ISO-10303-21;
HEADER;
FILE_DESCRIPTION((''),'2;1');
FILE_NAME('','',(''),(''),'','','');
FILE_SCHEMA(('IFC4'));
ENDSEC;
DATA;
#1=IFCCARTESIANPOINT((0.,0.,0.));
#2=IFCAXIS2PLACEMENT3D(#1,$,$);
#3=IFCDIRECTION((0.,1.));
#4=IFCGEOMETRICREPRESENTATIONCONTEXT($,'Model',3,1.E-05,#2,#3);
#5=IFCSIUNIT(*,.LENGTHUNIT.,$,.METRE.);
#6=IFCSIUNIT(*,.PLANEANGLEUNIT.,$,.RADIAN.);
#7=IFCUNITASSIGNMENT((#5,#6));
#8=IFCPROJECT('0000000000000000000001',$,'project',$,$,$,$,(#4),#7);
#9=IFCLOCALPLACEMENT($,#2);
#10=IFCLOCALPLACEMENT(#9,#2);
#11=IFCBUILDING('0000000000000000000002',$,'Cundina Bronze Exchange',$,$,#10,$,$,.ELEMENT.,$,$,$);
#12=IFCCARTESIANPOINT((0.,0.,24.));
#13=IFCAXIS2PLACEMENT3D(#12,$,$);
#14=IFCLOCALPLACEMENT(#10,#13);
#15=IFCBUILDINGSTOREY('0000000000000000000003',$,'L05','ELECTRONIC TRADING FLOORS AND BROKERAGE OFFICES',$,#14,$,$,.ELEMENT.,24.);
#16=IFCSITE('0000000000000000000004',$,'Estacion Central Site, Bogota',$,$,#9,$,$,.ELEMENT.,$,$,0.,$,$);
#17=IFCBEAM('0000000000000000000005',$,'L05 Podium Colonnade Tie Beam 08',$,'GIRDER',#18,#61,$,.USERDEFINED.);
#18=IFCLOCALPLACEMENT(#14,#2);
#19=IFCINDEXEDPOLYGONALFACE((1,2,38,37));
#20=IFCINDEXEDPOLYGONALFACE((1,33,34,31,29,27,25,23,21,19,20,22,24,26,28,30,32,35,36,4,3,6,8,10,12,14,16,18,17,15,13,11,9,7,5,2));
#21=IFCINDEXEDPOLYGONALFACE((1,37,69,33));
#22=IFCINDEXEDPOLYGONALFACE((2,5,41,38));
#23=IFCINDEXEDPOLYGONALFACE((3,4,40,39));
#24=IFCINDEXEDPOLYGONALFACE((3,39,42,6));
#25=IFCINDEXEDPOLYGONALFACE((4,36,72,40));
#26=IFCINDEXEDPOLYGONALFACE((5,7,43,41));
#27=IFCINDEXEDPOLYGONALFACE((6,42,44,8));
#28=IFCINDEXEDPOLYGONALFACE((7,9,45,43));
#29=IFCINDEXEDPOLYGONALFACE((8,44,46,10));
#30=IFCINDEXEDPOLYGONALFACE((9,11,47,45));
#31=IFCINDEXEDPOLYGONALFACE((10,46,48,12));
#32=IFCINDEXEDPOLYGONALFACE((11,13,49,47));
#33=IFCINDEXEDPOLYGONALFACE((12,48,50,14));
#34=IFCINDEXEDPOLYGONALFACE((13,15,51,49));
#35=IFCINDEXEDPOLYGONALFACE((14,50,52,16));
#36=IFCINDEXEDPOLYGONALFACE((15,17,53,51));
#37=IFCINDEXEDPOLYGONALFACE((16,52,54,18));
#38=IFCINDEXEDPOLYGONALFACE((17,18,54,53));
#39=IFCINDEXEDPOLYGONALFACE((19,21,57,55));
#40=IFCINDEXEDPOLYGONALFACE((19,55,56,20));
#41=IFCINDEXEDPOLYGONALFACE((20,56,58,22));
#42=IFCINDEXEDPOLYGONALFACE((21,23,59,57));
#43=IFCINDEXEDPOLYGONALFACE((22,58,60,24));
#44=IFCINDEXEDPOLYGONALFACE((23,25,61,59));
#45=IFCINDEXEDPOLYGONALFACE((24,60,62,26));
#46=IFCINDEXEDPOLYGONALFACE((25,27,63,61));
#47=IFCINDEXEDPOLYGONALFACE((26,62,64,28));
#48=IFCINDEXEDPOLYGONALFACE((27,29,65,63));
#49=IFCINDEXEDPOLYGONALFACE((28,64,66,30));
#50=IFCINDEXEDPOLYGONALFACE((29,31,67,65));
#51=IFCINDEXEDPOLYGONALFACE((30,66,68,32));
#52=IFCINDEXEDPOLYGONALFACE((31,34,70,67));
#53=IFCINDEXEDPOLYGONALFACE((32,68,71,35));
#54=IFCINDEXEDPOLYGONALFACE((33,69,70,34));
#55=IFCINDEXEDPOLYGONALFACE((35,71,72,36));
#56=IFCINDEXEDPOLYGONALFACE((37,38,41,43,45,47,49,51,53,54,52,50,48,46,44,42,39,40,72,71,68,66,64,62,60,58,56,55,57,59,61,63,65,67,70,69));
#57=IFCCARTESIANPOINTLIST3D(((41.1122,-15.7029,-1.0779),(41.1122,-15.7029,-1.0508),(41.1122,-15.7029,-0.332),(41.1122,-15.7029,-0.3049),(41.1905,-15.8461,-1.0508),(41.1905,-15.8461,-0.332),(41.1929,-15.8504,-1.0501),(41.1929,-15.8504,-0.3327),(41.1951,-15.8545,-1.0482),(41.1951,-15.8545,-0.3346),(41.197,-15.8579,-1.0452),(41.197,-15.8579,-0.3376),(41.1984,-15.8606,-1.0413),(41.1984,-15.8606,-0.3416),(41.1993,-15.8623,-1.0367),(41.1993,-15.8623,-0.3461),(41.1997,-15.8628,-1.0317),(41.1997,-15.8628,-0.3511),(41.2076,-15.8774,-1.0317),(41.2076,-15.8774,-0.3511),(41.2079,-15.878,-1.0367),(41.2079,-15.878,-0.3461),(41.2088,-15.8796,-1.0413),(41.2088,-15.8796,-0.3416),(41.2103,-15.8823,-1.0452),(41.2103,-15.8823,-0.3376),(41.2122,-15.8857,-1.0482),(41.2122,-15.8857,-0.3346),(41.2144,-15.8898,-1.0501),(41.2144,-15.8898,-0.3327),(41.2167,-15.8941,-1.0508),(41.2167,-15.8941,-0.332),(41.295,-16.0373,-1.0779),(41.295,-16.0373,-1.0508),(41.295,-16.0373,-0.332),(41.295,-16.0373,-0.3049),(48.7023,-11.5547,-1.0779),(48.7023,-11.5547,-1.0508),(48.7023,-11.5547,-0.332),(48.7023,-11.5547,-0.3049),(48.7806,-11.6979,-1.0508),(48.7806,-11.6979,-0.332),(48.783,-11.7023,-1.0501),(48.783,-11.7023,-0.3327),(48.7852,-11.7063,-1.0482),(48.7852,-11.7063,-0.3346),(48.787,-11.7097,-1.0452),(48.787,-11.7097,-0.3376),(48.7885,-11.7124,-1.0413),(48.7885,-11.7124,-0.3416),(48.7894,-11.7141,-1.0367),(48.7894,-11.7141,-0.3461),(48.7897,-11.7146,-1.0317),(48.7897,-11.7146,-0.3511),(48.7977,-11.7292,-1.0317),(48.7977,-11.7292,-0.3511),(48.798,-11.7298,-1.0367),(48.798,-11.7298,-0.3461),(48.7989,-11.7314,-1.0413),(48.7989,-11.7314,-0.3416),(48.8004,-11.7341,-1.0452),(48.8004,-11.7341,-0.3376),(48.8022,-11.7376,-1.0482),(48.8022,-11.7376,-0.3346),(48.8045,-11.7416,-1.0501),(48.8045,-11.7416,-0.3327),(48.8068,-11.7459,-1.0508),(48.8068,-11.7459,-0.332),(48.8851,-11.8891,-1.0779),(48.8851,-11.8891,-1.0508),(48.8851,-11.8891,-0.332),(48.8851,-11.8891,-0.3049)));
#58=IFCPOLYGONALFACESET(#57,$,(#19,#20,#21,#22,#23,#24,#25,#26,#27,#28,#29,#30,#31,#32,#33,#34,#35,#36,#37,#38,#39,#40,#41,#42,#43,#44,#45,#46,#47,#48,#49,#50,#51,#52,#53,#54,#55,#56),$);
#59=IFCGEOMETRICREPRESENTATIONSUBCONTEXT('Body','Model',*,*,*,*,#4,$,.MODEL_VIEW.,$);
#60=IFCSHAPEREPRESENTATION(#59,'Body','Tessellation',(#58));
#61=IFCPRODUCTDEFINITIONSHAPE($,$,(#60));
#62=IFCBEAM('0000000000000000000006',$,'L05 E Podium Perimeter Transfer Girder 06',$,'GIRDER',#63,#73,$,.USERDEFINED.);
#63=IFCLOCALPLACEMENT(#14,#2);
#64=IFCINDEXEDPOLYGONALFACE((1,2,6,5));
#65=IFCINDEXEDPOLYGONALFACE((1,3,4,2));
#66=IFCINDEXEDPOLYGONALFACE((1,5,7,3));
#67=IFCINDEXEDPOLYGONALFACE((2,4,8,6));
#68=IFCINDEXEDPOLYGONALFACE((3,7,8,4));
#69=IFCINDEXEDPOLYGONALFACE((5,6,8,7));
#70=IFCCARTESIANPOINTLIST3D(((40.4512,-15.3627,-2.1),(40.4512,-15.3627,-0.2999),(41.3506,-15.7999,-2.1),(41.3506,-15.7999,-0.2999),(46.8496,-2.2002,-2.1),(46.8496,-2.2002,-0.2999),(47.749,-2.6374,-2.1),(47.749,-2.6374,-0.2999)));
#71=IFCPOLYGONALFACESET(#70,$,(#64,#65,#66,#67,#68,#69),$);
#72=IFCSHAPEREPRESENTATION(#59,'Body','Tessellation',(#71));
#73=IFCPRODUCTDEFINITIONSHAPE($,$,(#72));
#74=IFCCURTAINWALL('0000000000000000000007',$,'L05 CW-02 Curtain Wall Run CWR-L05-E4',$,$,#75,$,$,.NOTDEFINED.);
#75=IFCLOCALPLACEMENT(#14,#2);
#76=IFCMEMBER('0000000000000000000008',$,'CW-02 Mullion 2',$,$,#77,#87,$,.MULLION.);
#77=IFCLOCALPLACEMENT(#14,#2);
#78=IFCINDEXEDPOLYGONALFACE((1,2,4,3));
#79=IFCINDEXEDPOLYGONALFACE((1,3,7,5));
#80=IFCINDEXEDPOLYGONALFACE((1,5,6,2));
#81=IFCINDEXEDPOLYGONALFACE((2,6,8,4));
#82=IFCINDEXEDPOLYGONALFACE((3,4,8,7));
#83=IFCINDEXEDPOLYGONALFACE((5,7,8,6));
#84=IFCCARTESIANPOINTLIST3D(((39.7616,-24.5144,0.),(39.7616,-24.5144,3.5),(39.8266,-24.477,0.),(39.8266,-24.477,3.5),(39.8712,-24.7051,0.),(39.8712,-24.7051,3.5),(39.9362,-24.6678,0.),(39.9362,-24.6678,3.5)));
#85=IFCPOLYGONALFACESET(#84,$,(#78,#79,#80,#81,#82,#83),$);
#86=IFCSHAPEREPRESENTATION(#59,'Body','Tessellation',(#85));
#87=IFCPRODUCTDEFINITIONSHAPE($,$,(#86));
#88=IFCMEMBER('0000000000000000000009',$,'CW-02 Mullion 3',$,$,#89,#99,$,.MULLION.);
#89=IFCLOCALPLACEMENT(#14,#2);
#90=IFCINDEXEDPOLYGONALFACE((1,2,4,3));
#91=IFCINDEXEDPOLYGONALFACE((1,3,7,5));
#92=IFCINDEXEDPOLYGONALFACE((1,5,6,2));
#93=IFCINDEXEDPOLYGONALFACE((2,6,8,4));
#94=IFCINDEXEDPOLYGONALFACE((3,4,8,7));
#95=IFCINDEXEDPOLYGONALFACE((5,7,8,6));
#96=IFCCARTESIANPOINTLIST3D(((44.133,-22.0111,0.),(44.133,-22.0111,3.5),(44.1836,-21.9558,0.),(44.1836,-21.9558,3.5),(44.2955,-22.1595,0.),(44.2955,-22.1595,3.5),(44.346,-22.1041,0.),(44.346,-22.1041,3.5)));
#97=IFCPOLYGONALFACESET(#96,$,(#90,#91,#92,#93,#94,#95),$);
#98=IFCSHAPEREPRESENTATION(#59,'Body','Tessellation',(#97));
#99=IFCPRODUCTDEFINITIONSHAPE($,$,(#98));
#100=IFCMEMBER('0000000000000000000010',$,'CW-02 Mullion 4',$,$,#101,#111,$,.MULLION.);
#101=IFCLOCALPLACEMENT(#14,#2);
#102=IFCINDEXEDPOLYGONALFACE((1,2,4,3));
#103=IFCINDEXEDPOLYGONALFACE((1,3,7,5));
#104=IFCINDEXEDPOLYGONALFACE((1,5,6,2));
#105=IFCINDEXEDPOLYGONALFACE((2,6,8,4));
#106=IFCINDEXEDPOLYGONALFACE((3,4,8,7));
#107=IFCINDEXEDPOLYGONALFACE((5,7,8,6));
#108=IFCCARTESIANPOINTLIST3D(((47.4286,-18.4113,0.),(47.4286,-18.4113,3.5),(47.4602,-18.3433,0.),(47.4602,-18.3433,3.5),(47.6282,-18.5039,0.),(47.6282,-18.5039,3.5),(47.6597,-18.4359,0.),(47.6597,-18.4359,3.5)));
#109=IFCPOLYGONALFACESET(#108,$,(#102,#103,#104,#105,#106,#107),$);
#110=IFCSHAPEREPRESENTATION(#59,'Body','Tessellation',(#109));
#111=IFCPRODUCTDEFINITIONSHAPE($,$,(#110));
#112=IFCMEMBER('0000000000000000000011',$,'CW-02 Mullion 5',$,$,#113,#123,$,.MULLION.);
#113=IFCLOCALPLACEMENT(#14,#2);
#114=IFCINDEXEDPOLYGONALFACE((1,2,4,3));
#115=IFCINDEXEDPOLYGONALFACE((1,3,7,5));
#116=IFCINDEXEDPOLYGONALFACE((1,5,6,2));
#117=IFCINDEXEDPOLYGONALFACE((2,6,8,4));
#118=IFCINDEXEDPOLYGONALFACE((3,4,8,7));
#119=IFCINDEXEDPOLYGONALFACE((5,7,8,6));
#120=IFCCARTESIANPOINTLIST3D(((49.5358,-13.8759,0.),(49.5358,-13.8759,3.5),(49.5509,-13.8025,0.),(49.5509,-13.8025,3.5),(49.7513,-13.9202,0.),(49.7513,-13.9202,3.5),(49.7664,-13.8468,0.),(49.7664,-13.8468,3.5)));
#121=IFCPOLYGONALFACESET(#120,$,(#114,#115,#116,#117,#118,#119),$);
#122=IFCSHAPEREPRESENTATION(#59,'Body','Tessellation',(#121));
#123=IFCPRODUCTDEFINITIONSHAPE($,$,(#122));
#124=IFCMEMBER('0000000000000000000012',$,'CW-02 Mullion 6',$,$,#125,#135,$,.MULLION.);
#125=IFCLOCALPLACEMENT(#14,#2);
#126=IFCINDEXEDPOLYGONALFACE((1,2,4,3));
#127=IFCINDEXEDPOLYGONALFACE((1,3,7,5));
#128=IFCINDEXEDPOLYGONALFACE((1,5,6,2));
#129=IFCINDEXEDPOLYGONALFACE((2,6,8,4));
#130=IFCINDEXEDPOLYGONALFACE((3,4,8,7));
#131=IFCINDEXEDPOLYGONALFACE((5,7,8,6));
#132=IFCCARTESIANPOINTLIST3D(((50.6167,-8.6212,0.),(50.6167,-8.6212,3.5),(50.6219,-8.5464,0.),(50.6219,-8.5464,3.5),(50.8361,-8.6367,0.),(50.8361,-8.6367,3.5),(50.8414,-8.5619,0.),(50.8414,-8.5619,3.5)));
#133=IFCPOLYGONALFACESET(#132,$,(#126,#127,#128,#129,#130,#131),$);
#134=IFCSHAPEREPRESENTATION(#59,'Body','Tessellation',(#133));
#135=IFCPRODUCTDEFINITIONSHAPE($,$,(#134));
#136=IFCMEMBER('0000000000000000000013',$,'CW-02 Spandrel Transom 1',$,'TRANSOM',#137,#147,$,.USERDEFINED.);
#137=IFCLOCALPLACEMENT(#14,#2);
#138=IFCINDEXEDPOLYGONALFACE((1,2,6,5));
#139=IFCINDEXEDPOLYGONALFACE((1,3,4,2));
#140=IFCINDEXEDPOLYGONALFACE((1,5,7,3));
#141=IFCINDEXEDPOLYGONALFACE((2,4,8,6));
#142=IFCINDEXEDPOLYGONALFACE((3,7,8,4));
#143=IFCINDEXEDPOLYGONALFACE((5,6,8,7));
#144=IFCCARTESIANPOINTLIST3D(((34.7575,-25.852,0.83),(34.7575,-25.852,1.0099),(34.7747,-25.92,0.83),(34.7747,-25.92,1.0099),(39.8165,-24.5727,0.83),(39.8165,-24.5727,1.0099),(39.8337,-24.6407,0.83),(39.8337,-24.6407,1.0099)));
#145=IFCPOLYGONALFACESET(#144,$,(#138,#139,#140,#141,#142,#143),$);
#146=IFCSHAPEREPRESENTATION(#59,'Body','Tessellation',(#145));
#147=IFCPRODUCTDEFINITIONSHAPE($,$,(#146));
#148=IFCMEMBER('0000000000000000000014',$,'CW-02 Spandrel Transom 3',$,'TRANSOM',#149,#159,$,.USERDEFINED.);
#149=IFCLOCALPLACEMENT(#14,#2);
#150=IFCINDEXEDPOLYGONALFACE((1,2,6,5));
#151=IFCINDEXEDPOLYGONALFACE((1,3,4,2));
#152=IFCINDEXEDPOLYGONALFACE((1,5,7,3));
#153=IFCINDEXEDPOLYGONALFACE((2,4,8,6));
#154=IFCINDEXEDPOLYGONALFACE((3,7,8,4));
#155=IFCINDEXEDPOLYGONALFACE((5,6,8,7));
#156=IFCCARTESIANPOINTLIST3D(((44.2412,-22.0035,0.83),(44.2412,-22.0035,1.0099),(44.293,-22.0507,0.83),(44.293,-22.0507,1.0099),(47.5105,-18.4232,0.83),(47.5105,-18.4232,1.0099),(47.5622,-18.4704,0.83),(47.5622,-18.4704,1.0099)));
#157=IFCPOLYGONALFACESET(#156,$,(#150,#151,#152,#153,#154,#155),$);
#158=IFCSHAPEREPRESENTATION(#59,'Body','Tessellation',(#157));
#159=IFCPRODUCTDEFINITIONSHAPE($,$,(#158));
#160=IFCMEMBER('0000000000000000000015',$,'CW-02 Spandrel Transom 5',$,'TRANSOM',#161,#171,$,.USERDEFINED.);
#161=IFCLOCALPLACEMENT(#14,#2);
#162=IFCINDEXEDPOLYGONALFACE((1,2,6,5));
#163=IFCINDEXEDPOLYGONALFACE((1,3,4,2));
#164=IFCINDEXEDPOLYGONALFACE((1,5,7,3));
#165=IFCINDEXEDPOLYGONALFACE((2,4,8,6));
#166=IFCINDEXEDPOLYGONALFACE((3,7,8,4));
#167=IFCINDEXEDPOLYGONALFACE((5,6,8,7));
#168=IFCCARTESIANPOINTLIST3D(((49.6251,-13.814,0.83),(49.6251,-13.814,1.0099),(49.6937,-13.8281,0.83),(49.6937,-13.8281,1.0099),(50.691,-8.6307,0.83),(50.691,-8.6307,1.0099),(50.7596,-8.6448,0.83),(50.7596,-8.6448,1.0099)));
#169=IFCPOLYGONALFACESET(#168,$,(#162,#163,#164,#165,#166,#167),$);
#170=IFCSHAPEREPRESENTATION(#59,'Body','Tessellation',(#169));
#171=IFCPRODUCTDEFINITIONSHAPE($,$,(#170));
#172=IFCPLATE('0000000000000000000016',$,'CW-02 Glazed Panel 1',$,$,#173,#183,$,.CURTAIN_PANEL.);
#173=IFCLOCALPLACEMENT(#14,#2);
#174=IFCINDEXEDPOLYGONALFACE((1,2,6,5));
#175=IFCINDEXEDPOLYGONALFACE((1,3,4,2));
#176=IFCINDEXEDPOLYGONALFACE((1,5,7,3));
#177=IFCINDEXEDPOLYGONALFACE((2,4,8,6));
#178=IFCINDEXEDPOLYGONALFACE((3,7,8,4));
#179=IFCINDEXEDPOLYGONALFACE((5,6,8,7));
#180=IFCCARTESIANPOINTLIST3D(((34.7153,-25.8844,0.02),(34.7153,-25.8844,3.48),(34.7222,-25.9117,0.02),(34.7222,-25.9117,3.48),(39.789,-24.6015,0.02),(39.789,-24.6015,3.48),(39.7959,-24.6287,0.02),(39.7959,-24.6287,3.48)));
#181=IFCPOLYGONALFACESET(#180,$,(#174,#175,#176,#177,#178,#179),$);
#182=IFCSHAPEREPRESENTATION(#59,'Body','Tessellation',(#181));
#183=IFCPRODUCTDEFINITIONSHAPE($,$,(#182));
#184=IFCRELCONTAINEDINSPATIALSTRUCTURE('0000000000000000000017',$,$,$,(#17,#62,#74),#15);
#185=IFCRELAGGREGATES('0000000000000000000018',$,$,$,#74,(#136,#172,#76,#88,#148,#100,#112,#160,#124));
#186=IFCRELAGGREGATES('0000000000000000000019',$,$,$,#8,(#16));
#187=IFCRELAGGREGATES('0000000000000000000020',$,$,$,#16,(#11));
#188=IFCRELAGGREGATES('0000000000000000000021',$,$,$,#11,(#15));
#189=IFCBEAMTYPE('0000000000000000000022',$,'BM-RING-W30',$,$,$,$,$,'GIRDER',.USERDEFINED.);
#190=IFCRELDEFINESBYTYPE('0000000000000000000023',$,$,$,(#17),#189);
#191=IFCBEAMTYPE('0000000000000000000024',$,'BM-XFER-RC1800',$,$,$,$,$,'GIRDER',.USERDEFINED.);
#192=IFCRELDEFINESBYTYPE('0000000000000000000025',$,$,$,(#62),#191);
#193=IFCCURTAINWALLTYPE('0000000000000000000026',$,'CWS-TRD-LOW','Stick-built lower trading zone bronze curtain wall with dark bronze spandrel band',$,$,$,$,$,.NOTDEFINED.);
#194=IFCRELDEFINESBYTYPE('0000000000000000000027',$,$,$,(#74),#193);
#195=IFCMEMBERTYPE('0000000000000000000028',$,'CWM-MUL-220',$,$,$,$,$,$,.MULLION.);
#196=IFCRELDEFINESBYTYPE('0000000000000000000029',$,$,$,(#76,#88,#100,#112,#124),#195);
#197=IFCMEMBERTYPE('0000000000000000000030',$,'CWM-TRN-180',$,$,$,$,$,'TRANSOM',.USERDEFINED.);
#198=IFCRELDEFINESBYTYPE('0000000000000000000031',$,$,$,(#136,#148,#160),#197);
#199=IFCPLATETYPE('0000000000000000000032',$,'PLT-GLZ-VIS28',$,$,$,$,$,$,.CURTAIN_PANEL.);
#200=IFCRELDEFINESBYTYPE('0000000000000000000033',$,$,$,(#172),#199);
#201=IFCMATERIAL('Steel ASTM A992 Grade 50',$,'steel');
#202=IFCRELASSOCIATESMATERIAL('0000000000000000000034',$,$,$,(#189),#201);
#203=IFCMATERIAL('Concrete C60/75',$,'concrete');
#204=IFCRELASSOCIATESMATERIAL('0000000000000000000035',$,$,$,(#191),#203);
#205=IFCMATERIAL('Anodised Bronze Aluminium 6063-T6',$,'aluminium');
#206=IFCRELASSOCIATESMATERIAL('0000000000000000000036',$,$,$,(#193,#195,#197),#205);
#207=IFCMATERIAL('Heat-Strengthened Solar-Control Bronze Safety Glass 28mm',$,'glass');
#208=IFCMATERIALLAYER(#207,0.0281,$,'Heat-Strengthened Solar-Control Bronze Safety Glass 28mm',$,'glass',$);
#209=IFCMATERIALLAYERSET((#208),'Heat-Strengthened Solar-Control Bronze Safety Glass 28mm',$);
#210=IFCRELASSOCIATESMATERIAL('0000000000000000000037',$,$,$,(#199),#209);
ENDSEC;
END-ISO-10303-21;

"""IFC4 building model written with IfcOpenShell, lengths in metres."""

from ifc_helpers import new_model, si_unit, direction, frame, origin, origin_2d, place, context, subcontext, project, spatial, rectangle, i_section, extrude, material, layer, layer_set, material_profile, profile_set, type_object, element, aggregate, save


model = new_model("IFC4")

# Units and contexts
model_context = context("Model", 3, precision=1e-05, world=origin(), true_north=direction((0.0, 1.0)))
body_context = subcontext(model_context, "Body", "Model", "MODEL_VIEW")
ifc_project = project(units=[si_unit("LENGTHUNIT", "METRE"), si_unit("PLANEANGLEUNIT", "RADIAN")], contexts=[model_context])

# Site, building, storey
site_placement = place(None, origin())
site = spatial("IfcSite", under=ifc_project, at=site_placement, Name="Estacion Central Site, Bogota", CompositionType="ELEMENT", RefElevation=0.0)
building_placement = place(site_placement, origin())
building = spatial("IfcBuilding", under=site, at=building_placement, Name="Cundina Bronze Exchange", CompositionType="ELEMENT")
storey_placement = place(building_placement, frame((0.0, 0.0, 24.0)))
storey = spatial("IfcBuildingStorey", under=building, at=storey_placement, Name="L05", Description="ELECTRONIC TRADING FLOORS AND BROKERAGE OFFICES", CompositionType="ELEMENT", Elevation=24.0)

# Shared definitions
ifc_material_1 = material(Name="Concrete C60/75", Category="concrete")

# Beams
ifc_material_2 = material(Name="Steel ASTM A992 Grade 50", Category="steel")
ifc_material_profile_1 = material_profile(ifc_material_2, i_section(OverallWidth=0.3811, OverallDepth=0.7729, WebThickness=0.0166, FlangeThickness=0.0271, FilletRadius=0.019, at=origin_2d()), Name="W30X173", Category="steel")
ifc_profile_set_1 = profile_set([ifc_material_profile_1], Name="Steel ASTM A992 Grade 50")
beam_type_1 = type_object("IfcBeamType", Name="BM-RING-W30", ElementType="GIRDER", PredefinedType="USERDEFINED", material=ifc_profile_set_1)
beam_1_placement = place(storey_placement, frame((48.7937, -11.7219, -0.6914), z_axis=(-0.877499, -0.479578, 0.0), x_axis=(0.479578, -0.877499, 0.0)))
element("IfcBeam", 1, at=beam_1_placement, inside=storey, type_object=beam_type_1, Name="L05 Podium Colonnade Tie Beam 08", ObjectType="GIRDER", PredefinedType="USERDEFINED", context=body_context, shape_type="SweptSolid", body=[
    extrude(i_section(OverallWidth=0.3811, OverallDepth=0.7729, WebThickness=0.0166, FlangeThickness=0.0271, FilletRadius=0.019, at=origin_2d()), origin(), (0.0, 0.0, 1.0), 8.6497),
])
ifc_material_profile_2 = material_profile(ifc_material_1, rectangle(XDim=1.0, YDim=1.8, at=origin_2d()), Name="RC1000X1800", Category="concrete")
ifc_profile_set_2 = profile_set([ifc_material_profile_2], Name="Concrete C60/75")
beam_type_2 = type_object("IfcBeamType", Name="BM-XFER-RC1800", ElementType="GIRDER", PredefinedType="USERDEFINED", material=ifc_profile_set_2)
beam_2_placement = place(storey_placement, frame((40.9009, -15.5813, -1.2), z_axis=(0.43719, 0.899369, 0.0), x_axis=(-0.899369, 0.43719, 0.0)))
element("IfcBeam", 2, at=beam_2_placement, inside=storey, type_object=beam_type_2, Name="L05 E Podium Perimeter Transfer Girder 06", ObjectType="GIRDER", PredefinedType="USERDEFINED", context=body_context, shape_type="SweptSolid", body=[
    extrude(rectangle(XDim=1.0, YDim=1.8, at=origin_2d()), origin(), (0.0, 0.0, 1.0), 14.6353),
])

# Curtain wall, members, plate
ifc_material_3 = material(Name="Anodised Bronze Aluminium 6063-T6", Category="aluminium")
curtain_wall_type = type_object("IfcCurtainWallType", Name="CWS-TRD-LOW", Description="Stick-built lower trading zone bronze curtain wall with dark bronze spandrel band", PredefinedType="NOTDEFINED", material=ifc_material_3)
curtain_wall_placement = place(storey_placement, origin())
curtain_wall = element("IfcCurtainWall", 3, at=curtain_wall_placement, inside=storey, type_object=curtain_wall_type, Name="L05 CW-02 Curtain Wall Run CWR-L05-E4", PredefinedType="NOTDEFINED")
ifc_material_profile_3 = material_profile(ifc_material_3, rectangle(XDim=0.075, YDim=0.22, at=origin_2d()), Name="AL75X220", Category="aluminium")
ifc_profile_set_3 = profile_set([ifc_material_profile_3], Name="Anodised Bronze Aluminium 6063-T6")
member_type_1 = type_object("IfcMemberType", Name="CWM-MUL-220", PredefinedType="MULLION", material=ifc_profile_set_3)
member_1_placement = place(storey_placement, frame((39.8489, -24.5911, 0.0), z_axis=(0.0, 0.0, 1.0), x_axis=(0.867071, 0.498185, 0.0)))
member_1 = element("IfcMember", 4, at=member_1_placement, type_object=member_type_1, Name="CW-02 Mullion 2", PredefinedType="MULLION", context=body_context, shape_type="SweptSolid", body=[
    extrude(rectangle(XDim=0.075, YDim=0.22, at=origin_2d()), origin(), (0.0, 0.0, 1.0), 3.5),
])
member_2_placement = place(storey_placement, frame((44.2395, -22.0576, 0.0), z_axis=(0.0, 0.0, 1.0), x_axis=(0.674302, 0.738455, 0.0)))
member_2 = element("IfcMember", 5, at=member_2_placement, type_object=member_type_1, Name="CW-02 Mullion 3", PredefinedType="MULLION", context=body_context, shape_type="SweptSolid", body=[
    extrude(rectangle(XDim=0.075, YDim=0.22, at=origin_2d()), origin(), (0.0, 0.0, 1.0), 3.5),
])
member_3_placement = place(storey_placement, frame((47.5442, -18.4236, 0.0), z_axis=(0.0, 0.0, 1.0), x_axis=(0.420877, 0.907117, 0.0)))
member_3 = element("IfcMember", 6, at=member_3_placement, type_object=member_type_1, Name="CW-02 Mullion 4", PredefinedType="MULLION", context=body_context, shape_type="SweptSolid", body=[
    extrude(rectangle(XDim=0.075, YDim=0.22, at=origin_2d()), origin(), (0.0, 0.0, 1.0), 3.5),
])
member_4_placement = place(storey_placement, frame((49.6511, -13.8613, 0.0), z_axis=(0.0, 0.0, 1.0), x_axis=(0.20142, 0.979505, 0.0)))
member_4 = element("IfcMember", 7, at=member_4_placement, type_object=member_type_1, Name="CW-02 Mullion 5", PredefinedType="MULLION", context=body_context, shape_type="SweptSolid", body=[
    extrude(rectangle(XDim=0.075, YDim=0.22, at=origin_2d()), origin(), (0.0, 0.0, 1.0), 3.5),
])
member_5_placement = place(storey_placement, frame((50.729, -8.5916, 0.0), z_axis=(0.0, 0.0, 1.0), x_axis=(0.070279, 0.997527, 0.0)))
member_5 = element("IfcMember", 8, at=member_5_placement, type_object=member_type_1, Name="CW-02 Mullion 6", PredefinedType="MULLION", context=body_context, shape_type="SweptSolid", body=[
    extrude(rectangle(XDim=0.075, YDim=0.22, at=origin_2d()), origin(), (0.0, 0.0, 1.0), 3.5),
])
ifc_material_profile_4 = material_profile(ifc_material_3, rectangle(XDim=0.0701, YDim=0.1799, at=origin_2d()), Name="AL70X180", Category="aluminium")
ifc_profile_set_4 = profile_set([ifc_material_profile_4], Name="Anodised Bronze Aluminium 6063-T6")
member_type_2 = type_object("IfcMemberType", Name="CWM-TRN-180", ElementType="TRANSOM", PredefinedType="USERDEFINED", material=ifc_profile_set_4)
member_6_placement = place(storey_placement, frame((34.7661, -25.886, 0.9199), z_axis=(0.969484, 0.245155, 0.0), x_axis=(-0.245155, 0.969484, 0.0)))
member_6 = element("IfcMember", 9, at=member_6_placement, type_object=member_type_2, Name="CW-02 Spandrel Transom 1", ObjectType="TRANSOM", PredefinedType="USERDEFINED", context=body_context, shape_type="SweptSolid", body=[
    extrude(rectangle(XDim=0.0701, YDim=0.1799, at=origin_2d()), origin(), (0.0, 0.0, 1.0), 5.2183),
])
member_7_placement = place(storey_placement, frame((44.2671, -22.0271, 0.9199), z_axis=(0.674303, 0.738455, 0.0), x_axis=(-0.738455, 0.674303, 0.0)))
member_7 = element("IfcMember", 10, at=member_7_placement, type_object=member_type_2, Name="CW-02 Spandrel Transom 3", ObjectType="TRANSOM", PredefinedType="USERDEFINED", context=body_context, shape_type="SweptSolid", body=[
    extrude(rectangle(XDim=0.0701, YDim=0.1799, at=origin_2d()), origin(), (0.0, 0.0, 1.0), 4.8484),
])
member_8_placement = place(storey_placement, frame((49.6594, -13.821, 0.9199), z_axis=(0.201428, 0.979503, 0.0), x_axis=(-0.979503, 0.201428, 0.0)))
member_8 = element("IfcMember", 11, at=member_8_placement, type_object=member_type_2, Name="CW-02 Spandrel Transom 5", ObjectType="TRANSOM", PredefinedType="USERDEFINED", context=body_context, shape_type="SweptSolid", body=[
    extrude(rectangle(XDim=0.0701, YDim=0.1799, at=origin_2d()), origin(), (0.0, 0.0, 1.0), 5.2917),
])
ifc_material_4 = material(Name="Heat-Strengthened Solar-Control Bronze Safety Glass 28mm", Category="glass")
ifc_layer_1 = layer(ifc_material_4, 0.0281, Name="Heat-Strengthened Solar-Control Bronze Safety Glass 28mm", Category="glass")
ifc_layer_set_1 = layer_set([ifc_layer_1], Name="Heat-Strengthened Solar-Control Bronze Safety Glass 28mm")
plate_type_1 = type_object("IfcPlateType", Name="PLT-GLZ-VIS28", PredefinedType="CURTAIN_PANEL", material=ifc_layer_set_1)
plate_1_placement = place(storey_placement, frame((37.2556, -25.2566, 0.02), z_axis=(0.0, 0.0, 1.0), x_axis=(0.969488, 0.245138, 0.0)))
plate_1 = element("IfcPlate", 12, at=plate_1_placement, type_object=plate_type_1, Name="CW-02 Glazed Panel 1", PredefinedType="CURTAIN_PANEL", context=body_context, shape_type="SweptSolid", body=[
    extrude(rectangle(XDim=5.2334, YDim=0.0281, at=origin_2d()), origin(), (0.0, 0.0, 1.0), 3.46),
])
aggregate(curtain_wall, [member_6, plate_1, member_1, member_2, member_7, member_3, member_4, member_8, member_5])

save(model, "model.ifc")
